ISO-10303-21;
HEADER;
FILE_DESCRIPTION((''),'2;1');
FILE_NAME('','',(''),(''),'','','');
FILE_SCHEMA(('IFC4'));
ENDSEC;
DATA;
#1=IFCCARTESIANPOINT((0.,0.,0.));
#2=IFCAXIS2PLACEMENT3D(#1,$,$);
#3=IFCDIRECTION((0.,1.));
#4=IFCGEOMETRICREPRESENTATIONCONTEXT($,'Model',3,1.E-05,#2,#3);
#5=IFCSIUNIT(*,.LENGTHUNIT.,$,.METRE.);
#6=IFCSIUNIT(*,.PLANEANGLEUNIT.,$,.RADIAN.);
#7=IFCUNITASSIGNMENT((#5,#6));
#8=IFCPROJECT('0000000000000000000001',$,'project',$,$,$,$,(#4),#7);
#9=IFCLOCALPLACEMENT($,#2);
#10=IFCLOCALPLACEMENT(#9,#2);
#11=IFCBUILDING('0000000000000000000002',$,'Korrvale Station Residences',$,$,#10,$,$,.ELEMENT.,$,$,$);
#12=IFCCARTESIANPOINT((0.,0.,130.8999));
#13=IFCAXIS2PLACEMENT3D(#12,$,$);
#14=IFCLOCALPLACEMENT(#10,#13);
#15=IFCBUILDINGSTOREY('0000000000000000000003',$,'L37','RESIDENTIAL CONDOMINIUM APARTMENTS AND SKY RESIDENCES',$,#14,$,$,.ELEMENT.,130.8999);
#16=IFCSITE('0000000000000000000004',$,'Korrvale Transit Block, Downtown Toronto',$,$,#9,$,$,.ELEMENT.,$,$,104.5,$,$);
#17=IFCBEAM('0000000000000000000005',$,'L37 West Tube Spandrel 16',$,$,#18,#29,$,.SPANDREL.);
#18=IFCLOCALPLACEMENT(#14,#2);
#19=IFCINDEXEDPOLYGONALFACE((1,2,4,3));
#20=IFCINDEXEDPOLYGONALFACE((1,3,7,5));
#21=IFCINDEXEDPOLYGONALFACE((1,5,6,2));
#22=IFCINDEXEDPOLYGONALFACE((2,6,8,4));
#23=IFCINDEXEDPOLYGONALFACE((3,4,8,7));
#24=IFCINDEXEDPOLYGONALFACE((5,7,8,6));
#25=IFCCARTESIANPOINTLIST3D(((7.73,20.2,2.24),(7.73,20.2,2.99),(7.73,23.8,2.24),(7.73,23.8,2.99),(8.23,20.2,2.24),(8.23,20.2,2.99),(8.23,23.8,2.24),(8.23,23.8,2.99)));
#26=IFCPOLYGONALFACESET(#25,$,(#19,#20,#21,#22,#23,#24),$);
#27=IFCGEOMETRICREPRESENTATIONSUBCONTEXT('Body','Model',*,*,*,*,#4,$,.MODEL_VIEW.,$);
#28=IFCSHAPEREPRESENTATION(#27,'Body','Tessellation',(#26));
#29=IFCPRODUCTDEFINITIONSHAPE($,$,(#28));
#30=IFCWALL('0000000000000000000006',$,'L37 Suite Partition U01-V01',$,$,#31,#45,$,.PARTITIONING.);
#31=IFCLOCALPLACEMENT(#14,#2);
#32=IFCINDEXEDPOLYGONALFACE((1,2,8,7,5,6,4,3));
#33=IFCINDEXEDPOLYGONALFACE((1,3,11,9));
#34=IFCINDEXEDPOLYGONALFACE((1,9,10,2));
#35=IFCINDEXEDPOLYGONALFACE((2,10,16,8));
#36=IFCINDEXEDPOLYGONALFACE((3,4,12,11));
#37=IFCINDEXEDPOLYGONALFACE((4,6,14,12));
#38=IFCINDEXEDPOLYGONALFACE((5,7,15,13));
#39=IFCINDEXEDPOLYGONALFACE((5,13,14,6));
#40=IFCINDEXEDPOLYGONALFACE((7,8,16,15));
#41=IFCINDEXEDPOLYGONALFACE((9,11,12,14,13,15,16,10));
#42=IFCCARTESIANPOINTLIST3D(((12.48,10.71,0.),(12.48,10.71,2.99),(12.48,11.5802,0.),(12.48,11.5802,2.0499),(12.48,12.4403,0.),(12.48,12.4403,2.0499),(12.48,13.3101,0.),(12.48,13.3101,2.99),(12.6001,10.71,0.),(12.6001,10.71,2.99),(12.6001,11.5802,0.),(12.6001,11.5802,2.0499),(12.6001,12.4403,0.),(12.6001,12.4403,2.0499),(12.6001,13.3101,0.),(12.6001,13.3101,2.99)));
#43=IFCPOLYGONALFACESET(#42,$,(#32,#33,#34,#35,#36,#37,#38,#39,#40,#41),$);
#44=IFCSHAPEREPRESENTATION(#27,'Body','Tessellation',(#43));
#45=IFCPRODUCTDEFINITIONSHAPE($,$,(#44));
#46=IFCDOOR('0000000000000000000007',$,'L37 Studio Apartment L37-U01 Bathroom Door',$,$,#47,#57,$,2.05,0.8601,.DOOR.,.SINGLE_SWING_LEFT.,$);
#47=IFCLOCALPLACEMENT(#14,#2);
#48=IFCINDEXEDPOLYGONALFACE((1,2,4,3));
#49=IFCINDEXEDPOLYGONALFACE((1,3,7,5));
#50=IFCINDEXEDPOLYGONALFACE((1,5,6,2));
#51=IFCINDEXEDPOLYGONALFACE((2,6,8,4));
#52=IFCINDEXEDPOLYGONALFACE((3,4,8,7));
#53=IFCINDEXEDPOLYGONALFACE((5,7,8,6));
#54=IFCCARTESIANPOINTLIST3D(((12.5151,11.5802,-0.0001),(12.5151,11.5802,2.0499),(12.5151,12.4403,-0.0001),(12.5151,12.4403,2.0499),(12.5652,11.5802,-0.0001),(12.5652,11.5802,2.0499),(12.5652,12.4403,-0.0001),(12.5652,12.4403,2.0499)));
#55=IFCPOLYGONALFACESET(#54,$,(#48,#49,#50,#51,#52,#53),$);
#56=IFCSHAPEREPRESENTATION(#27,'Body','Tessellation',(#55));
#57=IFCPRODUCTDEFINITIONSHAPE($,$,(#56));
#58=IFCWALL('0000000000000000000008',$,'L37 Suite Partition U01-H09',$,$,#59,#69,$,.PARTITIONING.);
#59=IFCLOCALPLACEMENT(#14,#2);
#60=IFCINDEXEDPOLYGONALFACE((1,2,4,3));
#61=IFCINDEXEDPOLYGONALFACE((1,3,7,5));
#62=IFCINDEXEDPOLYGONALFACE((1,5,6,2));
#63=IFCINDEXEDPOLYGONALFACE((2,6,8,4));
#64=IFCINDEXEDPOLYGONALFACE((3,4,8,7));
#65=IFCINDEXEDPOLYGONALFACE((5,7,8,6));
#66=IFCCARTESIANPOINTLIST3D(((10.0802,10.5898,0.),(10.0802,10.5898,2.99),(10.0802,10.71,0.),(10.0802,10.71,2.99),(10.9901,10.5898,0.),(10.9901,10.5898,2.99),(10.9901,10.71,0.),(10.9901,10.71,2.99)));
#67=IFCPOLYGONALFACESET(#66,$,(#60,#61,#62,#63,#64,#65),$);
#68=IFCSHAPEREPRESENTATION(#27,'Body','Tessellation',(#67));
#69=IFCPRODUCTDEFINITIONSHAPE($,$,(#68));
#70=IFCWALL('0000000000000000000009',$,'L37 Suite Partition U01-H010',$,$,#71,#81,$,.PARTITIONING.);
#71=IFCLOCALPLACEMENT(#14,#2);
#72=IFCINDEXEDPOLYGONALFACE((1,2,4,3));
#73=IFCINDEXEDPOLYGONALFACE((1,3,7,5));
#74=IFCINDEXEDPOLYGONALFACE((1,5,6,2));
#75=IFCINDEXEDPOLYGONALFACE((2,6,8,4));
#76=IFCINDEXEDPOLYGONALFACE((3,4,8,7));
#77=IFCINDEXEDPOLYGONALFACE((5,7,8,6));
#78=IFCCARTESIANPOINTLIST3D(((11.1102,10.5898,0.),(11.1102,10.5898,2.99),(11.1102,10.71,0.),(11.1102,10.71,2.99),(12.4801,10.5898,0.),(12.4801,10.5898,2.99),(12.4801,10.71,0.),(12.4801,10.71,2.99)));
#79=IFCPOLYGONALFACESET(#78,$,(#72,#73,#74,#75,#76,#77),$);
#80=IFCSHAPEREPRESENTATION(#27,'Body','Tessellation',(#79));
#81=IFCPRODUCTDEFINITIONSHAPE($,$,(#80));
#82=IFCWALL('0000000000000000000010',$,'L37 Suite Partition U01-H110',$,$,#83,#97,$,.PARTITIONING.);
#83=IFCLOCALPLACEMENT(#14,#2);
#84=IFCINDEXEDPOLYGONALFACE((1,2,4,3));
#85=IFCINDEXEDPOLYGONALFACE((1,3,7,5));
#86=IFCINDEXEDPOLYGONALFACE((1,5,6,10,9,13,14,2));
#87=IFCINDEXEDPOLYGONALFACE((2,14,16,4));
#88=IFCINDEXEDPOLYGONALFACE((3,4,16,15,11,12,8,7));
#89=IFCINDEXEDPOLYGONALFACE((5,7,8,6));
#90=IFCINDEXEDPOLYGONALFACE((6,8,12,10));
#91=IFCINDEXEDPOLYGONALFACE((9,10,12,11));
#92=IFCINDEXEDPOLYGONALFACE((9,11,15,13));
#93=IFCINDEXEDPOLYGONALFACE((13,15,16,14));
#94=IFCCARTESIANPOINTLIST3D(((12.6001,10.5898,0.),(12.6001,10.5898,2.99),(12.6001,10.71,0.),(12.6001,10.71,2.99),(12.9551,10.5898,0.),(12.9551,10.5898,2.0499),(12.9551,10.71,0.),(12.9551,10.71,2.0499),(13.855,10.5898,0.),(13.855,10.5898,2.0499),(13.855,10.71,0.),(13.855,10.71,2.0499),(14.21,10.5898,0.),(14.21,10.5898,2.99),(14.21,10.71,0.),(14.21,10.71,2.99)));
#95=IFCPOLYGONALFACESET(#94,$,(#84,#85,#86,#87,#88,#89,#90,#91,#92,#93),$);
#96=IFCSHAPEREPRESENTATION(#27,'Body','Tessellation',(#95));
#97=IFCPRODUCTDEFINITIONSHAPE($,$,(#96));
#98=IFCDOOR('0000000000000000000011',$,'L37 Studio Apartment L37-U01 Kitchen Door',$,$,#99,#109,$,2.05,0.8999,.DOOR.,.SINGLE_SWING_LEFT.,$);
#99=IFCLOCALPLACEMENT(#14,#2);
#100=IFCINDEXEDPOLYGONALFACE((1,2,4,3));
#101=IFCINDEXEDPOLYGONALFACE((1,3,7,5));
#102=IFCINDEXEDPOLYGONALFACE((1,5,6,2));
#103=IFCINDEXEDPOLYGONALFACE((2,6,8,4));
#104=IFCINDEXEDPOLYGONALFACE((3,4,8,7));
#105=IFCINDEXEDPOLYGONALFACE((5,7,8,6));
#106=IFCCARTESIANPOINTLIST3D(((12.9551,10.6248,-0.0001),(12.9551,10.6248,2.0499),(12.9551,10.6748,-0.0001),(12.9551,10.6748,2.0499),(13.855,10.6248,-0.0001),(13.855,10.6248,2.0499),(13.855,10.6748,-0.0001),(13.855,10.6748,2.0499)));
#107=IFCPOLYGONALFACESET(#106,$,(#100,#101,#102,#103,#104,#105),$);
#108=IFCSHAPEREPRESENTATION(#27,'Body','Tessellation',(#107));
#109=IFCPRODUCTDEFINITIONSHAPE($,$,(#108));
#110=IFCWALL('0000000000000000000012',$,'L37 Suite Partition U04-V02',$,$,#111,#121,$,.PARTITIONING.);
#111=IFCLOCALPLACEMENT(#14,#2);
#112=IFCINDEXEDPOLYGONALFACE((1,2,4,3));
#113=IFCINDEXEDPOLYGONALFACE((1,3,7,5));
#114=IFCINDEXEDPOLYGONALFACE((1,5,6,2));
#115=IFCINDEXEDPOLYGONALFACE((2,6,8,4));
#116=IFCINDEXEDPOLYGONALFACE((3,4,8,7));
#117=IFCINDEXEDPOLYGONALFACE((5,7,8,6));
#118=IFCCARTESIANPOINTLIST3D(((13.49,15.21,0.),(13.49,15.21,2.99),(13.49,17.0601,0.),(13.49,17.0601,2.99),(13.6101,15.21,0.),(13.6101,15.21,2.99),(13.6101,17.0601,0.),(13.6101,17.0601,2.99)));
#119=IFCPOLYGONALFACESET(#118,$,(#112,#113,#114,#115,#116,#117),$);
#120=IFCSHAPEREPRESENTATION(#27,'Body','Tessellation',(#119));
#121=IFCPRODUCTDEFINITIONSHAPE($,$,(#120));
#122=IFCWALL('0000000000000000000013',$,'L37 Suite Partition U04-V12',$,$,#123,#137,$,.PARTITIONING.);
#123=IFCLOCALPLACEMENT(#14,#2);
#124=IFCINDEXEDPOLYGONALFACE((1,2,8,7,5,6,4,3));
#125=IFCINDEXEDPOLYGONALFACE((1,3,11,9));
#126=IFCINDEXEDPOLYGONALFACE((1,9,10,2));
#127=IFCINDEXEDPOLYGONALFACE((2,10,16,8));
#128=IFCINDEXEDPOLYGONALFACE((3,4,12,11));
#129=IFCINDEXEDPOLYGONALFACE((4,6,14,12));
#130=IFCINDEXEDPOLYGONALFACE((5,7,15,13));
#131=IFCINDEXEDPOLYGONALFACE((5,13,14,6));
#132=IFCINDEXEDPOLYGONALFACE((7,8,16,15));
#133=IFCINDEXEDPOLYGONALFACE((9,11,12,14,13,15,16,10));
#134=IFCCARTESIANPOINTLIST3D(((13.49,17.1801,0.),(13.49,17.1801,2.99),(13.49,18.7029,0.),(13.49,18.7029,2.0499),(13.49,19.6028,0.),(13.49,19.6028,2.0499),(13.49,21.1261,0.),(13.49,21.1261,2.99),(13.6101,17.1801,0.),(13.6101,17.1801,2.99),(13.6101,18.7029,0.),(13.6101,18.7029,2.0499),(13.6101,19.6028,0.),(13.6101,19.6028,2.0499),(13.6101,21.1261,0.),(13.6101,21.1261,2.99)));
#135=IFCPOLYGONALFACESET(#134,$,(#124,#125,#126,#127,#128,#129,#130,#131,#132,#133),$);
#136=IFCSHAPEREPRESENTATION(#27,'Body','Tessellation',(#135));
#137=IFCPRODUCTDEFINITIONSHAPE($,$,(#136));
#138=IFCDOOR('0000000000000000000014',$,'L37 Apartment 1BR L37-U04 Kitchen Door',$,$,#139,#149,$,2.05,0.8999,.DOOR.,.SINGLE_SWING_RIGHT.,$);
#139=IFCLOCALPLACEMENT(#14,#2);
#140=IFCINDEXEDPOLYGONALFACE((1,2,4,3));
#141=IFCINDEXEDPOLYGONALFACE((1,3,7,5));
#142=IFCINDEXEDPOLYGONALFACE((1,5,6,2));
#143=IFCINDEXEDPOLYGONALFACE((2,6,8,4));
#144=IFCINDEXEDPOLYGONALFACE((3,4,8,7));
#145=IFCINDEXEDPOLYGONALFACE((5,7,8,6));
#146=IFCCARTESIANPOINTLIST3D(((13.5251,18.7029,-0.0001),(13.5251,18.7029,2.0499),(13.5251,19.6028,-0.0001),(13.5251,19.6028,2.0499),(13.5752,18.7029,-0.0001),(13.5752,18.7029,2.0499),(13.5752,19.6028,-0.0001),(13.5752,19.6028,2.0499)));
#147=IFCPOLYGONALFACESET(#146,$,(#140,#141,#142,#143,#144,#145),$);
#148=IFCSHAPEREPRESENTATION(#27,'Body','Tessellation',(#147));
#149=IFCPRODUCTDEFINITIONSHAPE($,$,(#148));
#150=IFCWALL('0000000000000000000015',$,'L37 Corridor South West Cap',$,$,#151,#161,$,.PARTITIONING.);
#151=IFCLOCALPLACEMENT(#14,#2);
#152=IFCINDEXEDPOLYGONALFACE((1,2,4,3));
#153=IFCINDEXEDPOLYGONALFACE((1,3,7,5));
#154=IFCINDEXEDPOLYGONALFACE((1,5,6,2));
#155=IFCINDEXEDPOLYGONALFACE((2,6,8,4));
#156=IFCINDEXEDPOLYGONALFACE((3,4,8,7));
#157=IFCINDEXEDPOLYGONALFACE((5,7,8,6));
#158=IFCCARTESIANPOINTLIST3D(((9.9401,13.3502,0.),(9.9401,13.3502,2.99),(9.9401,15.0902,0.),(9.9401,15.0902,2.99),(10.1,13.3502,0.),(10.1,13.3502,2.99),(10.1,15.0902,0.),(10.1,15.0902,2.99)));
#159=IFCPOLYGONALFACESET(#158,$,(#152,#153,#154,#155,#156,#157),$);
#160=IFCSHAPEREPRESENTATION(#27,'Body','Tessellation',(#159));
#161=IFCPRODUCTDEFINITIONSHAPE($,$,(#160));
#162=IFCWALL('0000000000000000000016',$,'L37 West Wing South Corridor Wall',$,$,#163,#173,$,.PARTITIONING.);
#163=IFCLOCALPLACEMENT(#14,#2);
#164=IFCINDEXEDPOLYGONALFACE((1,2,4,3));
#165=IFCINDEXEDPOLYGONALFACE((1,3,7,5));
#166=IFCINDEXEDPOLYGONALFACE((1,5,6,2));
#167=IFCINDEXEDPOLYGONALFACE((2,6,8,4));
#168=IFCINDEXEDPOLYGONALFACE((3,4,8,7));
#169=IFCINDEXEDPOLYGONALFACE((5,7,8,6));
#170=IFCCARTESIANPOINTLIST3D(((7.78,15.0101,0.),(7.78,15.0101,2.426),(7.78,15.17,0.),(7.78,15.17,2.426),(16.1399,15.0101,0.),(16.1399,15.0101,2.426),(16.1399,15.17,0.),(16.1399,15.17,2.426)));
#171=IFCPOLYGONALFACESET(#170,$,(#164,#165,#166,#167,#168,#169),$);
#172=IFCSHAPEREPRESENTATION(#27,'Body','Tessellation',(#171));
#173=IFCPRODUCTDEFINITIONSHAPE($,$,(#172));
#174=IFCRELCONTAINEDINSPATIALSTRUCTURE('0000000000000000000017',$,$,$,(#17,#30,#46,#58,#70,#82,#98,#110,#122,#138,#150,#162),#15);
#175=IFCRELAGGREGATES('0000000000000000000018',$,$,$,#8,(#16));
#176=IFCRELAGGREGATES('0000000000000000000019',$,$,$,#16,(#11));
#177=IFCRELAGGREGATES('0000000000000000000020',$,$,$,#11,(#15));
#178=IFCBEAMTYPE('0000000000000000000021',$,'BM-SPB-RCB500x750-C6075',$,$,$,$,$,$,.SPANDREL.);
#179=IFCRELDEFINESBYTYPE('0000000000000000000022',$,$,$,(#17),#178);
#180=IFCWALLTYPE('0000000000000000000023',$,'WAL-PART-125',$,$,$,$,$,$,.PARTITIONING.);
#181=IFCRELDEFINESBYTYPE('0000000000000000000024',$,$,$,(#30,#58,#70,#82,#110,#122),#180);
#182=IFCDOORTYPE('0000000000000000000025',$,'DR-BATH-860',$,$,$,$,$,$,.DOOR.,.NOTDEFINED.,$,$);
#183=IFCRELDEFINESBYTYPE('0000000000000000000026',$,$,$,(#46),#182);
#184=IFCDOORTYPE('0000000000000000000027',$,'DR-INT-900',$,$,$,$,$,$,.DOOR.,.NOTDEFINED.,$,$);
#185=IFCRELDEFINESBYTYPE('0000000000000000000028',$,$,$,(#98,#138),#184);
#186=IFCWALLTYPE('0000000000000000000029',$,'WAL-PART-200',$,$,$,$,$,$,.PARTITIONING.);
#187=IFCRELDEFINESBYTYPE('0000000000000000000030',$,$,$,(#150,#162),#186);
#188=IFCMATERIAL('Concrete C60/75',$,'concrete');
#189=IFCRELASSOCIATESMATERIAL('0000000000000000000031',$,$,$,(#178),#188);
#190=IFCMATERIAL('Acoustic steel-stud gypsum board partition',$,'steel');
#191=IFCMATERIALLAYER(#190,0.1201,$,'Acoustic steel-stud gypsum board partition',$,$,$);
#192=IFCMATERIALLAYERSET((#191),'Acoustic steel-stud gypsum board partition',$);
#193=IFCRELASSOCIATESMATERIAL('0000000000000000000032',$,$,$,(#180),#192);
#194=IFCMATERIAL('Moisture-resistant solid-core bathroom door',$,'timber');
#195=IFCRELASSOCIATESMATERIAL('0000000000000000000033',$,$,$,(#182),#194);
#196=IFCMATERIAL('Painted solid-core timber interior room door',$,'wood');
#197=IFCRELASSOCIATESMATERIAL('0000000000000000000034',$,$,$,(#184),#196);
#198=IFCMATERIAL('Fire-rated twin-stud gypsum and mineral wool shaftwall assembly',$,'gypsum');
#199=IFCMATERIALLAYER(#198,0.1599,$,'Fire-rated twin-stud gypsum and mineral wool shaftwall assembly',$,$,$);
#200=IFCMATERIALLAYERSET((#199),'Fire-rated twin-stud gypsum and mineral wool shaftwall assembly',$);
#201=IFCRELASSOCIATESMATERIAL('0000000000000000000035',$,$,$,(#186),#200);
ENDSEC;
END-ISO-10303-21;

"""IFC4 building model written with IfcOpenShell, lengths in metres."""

from ifc_helpers import new_model, si_unit, direction, frame, frame_2d, origin, origin_2d, place, context, subcontext, project, spatial, rectangle, extrude, material, layer, layer_set, material_profile, profile_set, type_object, element, fill, save


model = new_model("IFC4")

# Units and contexts
model_context = context("Model", 3, precision=1e-05, world=origin(), true_north=direction((0.0, 1.0)))
body_context = subcontext(model_context, "Body", "Model", "MODEL_VIEW")
ifc_project = project(units=[si_unit("LENGTHUNIT", "METRE"), si_unit("PLANEANGLEUNIT", "RADIAN")], contexts=[model_context])

# Site, building, storey
site_placement = place(None, origin())
site = spatial("IfcSite", under=ifc_project, at=site_placement, Name="Korrvale Transit Block, Downtown Toronto", CompositionType="ELEMENT", RefElevation=104.5)
building_placement = place(site_placement, origin())
building = spatial("IfcBuilding", under=site, at=building_placement, Name="Korrvale Station Residences", CompositionType="ELEMENT")
storey_placement = place(building_placement, frame((0.0, 0.0, 130.8999)))
storey = spatial("IfcBuildingStorey", under=building, at=storey_placement, Name="L37", Description="RESIDENTIAL CONDOMINIUM APARTMENTS AND SKY RESIDENCES", CompositionType="ELEMENT", Elevation=130.8999)

# Shared definitions
ifc_material_1 = material(Name="Concrete C60/75", Category="concrete")

# Beam
ifc_material_profile_1 = material_profile(ifc_material_1, rectangle(XDim=0.5, YDim=0.75, at=origin_2d()), Name="RCB500x750")
ifc_profile_set_1 = profile_set([ifc_material_profile_1], Name="Concrete C60/75")
beam_type_1 = type_object("IfcBeamType", Name="BM-SPB-RCB500x750-C6075", PredefinedType="SPANDREL", material=ifc_profile_set_1)
beam_1_placement = place(storey_placement, frame((7.98, 20.2, 2.615), z_axis=(0.0, 1.0, 0.0), x_axis=(-1.0, 0.0, 0.0)))
element("IfcBeam", 1, at=beam_1_placement, inside=storey, type_object=beam_type_1, Name="L37 West Tube Spandrel 16", PredefinedType="SPANDREL", context=body_context, shape_type="SweptSolid", body=[
    extrude(rectangle(XDim=0.5, YDim=0.75, at=origin_2d()), origin(), (0.0, 0.0, 1.0), 3.6001),
])

# Wall, opening, door
ifc_material_2 = material(Name="Acoustic steel-stud gypsum board partition", Category="steel")
ifc_layer_1 = layer(ifc_material_2, 0.1201, Name="Acoustic steel-stud gypsum board partition")
ifc_layer_set_1 = layer_set([ifc_layer_1], Name="Acoustic steel-stud gypsum board partition")
wall_type_1 = type_object("IfcWallType", Name="WAL-PART-125", PredefinedType="PARTITIONING", material=ifc_layer_set_1)
wall_1_placement = place(storey_placement, frame((12.54, 10.71, 0.0), z_axis=(0.0, 0.0, 1.0), x_axis=(0.0, 1.0, 0.0)))
wall_1 = element("IfcWall", 2, at=wall_1_placement, inside=storey, type_object=wall_type_1, Name="L37 Suite Partition U01-V01", PredefinedType="PARTITIONING", context=body_context, shape_type="SweptSolid", body=[
    extrude(rectangle(XDim=2.6001, YDim=0.1201, at=frame_2d((1.3, 0.0))), origin(), (0.0, 0.0, 1.0), 2.99),
])
opening_1_placement = place(wall_1_placement, frame((0.8701, 0.0, 0.0)))
opening_1 = element("IfcOpeningElement", 3, at=opening_1_placement, cuts=wall_1, PredefinedType="OPENING", context=body_context, shape_type="SweptSolid", body=[
    extrude(rectangle(XDim=0.8601, YDim=2.05, at=frame_2d((0.4302, 1.0249))), frame((0.0, 0.0701, 0.0), z_axis=(0.0, -1.0, 0.0), x_axis=(1.0, 0.0, 0.0)), (0.0, 0.0, 1.0), 0.1401),
])
ifc_material_3 = material(Name="Moisture-resistant solid-core bathroom door", Category="timber")
door_type_1 = type_object("IfcDoorType", Name="DR-BATH-860", OperationType="NOTDEFINED", PredefinedType="DOOR", material=ifc_material_3)
door_1_placement = place(opening_1_placement, origin())
door_1 = element("IfcDoor", 4, at=door_1_placement, inside=storey, type_object=door_type_1, Name="L37 Studio Apartment L37-U01 Bathroom Door", OperationType="SINGLE_SWING_LEFT", OverallHeight=2.05, OverallWidth=0.8601, PredefinedType="DOOR", context=body_context, shape_type="SweptSolid", body=[
    extrude(rectangle(XDim=0.8601, YDim=2.05, at=frame_2d((0.4302, 1.0249))), frame((0.0, 0.0249, 0.0), z_axis=(0.0, -1.0, 0.0), x_axis=(1.0, 0.0, 0.0)), (0.0, 0.0, 1.0), 0.05),
])
fill(opening_1, door_1)

# Walls
wall_2_placement = place(storey_placement, frame((10.0801, 10.6499, 0.0), z_axis=(0.0, 0.0, 1.0), x_axis=(1.0, 0.0, 0.0)))
element("IfcWall", 5, at=wall_2_placement, inside=storey, type_object=wall_type_1, Name="L37 Suite Partition U01-H09", PredefinedType="PARTITIONING", context=body_context, shape_type="SweptSolid", body=[
    extrude(rectangle(XDim=0.9099, YDim=0.1201, at=frame_2d((0.4551, 0.0))), origin(), (0.0, 0.0, 1.0), 2.99),
])
wall_3_placement = place(storey_placement, frame((11.1101, 10.6499, 0.0), z_axis=(0.0, 0.0, 1.0), x_axis=(1.0, 0.0, 0.0)))
element("IfcWall", 6, at=wall_3_placement, inside=storey, type_object=wall_type_1, Name="L37 Suite Partition U01-H010", PredefinedType="PARTITIONING", context=body_context, shape_type="SweptSolid", body=[
    extrude(rectangle(XDim=1.3699, YDim=0.1201, at=frame_2d((0.6851, 0.0))), origin(), (0.0, 0.0, 1.0), 2.99),
])

# Wall, opening, door
wall_4_placement = place(storey_placement, frame((12.6001, 10.6499, 0.0), z_axis=(0.0, 0.0, 1.0), x_axis=(1.0, 0.0, 0.0)))
wall_4 = element("IfcWall", 7, at=wall_4_placement, inside=storey, type_object=wall_type_1, Name="L37 Suite Partition U01-H110", PredefinedType="PARTITIONING", context=body_context, shape_type="SweptSolid", body=[
    extrude(rectangle(XDim=1.6099, YDim=0.1201, at=frame_2d((0.8049, 0.0))), origin(), (0.0, 0.0, 1.0), 2.99),
])
opening_2_placement = place(wall_4_placement, frame((0.355, 0.0, 0.0)))
opening_2 = element("IfcOpeningElement", 8, at=opening_2_placement, cuts=wall_4, PredefinedType="OPENING", context=body_context, shape_type="SweptSolid", body=[
    extrude(rectangle(XDim=0.8999, YDim=2.05, at=frame_2d((0.45, 1.0249))), frame((0.0, 0.0701, 0.0), z_axis=(0.0, -1.0, 0.0), x_axis=(1.0, 0.0, 0.0)), (0.0, 0.0, 1.0), 0.1401),
])
ifc_material_4 = material(Name="Painted solid-core timber interior room door", Category="wood")
door_type_2 = type_object("IfcDoorType", Name="DR-INT-900", OperationType="NOTDEFINED", PredefinedType="DOOR", material=ifc_material_4)
door_2_placement = place(opening_2_placement, origin())
door_2 = element("IfcDoor", 9, at=door_2_placement, inside=storey, type_object=door_type_2, Name="L37 Studio Apartment L37-U01 Kitchen Door", OperationType="SINGLE_SWING_LEFT", OverallHeight=2.05, OverallWidth=0.8999, PredefinedType="DOOR", context=body_context, shape_type="SweptSolid", body=[
    extrude(rectangle(XDim=0.8999, YDim=2.05, at=frame_2d((0.45, 1.0249))), frame((0.0, 0.0249, 0.0), z_axis=(0.0, -1.0, 0.0), x_axis=(1.0, 0.0, 0.0)), (0.0, 0.0, 1.0), 0.05),
])
fill(opening_2, door_2)

# Wall
wall_5_placement = place(storey_placement, frame((13.55, 15.21, 0.0), z_axis=(0.0, 0.0, 1.0), x_axis=(0.0, 1.0, 0.0)))
element("IfcWall", 10, at=wall_5_placement, inside=storey, type_object=wall_type_1, Name="L37 Suite Partition U04-V02", PredefinedType="PARTITIONING", context=body_context, shape_type="SweptSolid", body=[
    extrude(rectangle(XDim=1.8501, YDim=0.1201, at=frame_2d((0.925, 0.0))), origin(), (0.0, 0.0, 1.0), 2.99),
])

# Wall, opening, door
wall_6_placement = place(storey_placement, frame((13.55, 17.1799, 0.0), z_axis=(0.0, 0.0, 1.0), x_axis=(0.0, 1.0, 0.0)))
wall_6 = element("IfcWall", 11, at=wall_6_placement, inside=storey, type_object=wall_type_1, Name="L37 Suite Partition U04-V12", PredefinedType="PARTITIONING", context=body_context, shape_type="SweptSolid", body=[
    extrude(rectangle(XDim=3.946, YDim=0.1201, at=frame_2d((1.9731, 0.0))), origin(), (0.0, 0.0, 1.0), 2.99),
])
opening_3_placement = place(wall_6_placement, frame((1.5229, 0.0, 0.0)))
opening_3 = element("IfcOpeningElement", 12, at=opening_3_placement, cuts=wall_6, PredefinedType="OPENING", context=body_context, shape_type="SweptSolid", body=[
    extrude(rectangle(XDim=0.8999, YDim=2.05, at=frame_2d((0.45, 1.0249))), frame((0.0, 0.0701, 0.0), z_axis=(0.0, -1.0, 0.0), x_axis=(1.0, 0.0, 0.0)), (0.0, 0.0, 1.0), 0.1401),
])
door_3_placement = place(opening_3_placement, origin())
door_3 = element("IfcDoor", 13, at=door_3_placement, inside=storey, type_object=door_type_2, Name="L37 Apartment 1BR L37-U04 Kitchen Door", OperationType="SINGLE_SWING_RIGHT", OverallHeight=2.05, OverallWidth=0.8999, PredefinedType="DOOR", context=body_context, shape_type="SweptSolid", body=[
    extrude(rectangle(XDim=0.8999, YDim=2.05, at=frame_2d((0.45, 1.0249))), frame((0.0, 0.0249, 0.0), z_axis=(0.0, -1.0, 0.0), x_axis=(1.0, 0.0, 0.0)), (0.0, 0.0, 1.0), 0.05),
])
fill(opening_3, door_3)

# Walls
ifc_material_5 = material(Name="Fire-rated twin-stud gypsum and mineral wool shaftwall assembly", Category="gypsum")
ifc_layer_2 = layer(ifc_material_5, 0.1599, Name="Fire-rated twin-stud gypsum and mineral wool shaftwall assembly")
ifc_layer_set_2 = layer_set([ifc_layer_2], Name="Fire-rated twin-stud gypsum and mineral wool shaftwall assembly")
wall_type_2 = type_object("IfcWallType", Name="WAL-PART-200", PredefinedType="PARTITIONING", material=ifc_layer_set_2)
wall_7_placement = place(storey_placement, frame((10.02, 13.3501, 0.0), z_axis=(0.0, 0.0, 1.0), x_axis=(0.0, 1.0, 0.0)))
element("IfcWall", 14, at=wall_7_placement, inside=storey, type_object=wall_type_2, Name="L37 Corridor South West Cap", PredefinedType="PARTITIONING", context=body_context, shape_type="SweptSolid", body=[
    extrude(rectangle(XDim=1.74, YDim=0.1599, at=frame_2d((0.8701, 0.0))), origin(), (0.0, 0.0, 1.0), 2.99),
])
wall_8_placement = place(storey_placement, frame((7.78, 15.0901, 0.0), z_axis=(0.0, 0.0, 1.0), x_axis=(1.0, 0.0, 0.0)))
element("IfcWall", 15, at=wall_8_placement, inside=storey, type_object=wall_type_2, Name="L37 West Wing South Corridor Wall", PredefinedType="PARTITIONING", context=body_context, shape_type="SweptSolid", body=[
    extrude(rectangle(XDim=8.3599, YDim=0.1599, at=frame_2d((4.1799, 0.0))), origin(), (0.0, 0.0, 1.0), 2.426),
])

save(model, "model.ifc")
